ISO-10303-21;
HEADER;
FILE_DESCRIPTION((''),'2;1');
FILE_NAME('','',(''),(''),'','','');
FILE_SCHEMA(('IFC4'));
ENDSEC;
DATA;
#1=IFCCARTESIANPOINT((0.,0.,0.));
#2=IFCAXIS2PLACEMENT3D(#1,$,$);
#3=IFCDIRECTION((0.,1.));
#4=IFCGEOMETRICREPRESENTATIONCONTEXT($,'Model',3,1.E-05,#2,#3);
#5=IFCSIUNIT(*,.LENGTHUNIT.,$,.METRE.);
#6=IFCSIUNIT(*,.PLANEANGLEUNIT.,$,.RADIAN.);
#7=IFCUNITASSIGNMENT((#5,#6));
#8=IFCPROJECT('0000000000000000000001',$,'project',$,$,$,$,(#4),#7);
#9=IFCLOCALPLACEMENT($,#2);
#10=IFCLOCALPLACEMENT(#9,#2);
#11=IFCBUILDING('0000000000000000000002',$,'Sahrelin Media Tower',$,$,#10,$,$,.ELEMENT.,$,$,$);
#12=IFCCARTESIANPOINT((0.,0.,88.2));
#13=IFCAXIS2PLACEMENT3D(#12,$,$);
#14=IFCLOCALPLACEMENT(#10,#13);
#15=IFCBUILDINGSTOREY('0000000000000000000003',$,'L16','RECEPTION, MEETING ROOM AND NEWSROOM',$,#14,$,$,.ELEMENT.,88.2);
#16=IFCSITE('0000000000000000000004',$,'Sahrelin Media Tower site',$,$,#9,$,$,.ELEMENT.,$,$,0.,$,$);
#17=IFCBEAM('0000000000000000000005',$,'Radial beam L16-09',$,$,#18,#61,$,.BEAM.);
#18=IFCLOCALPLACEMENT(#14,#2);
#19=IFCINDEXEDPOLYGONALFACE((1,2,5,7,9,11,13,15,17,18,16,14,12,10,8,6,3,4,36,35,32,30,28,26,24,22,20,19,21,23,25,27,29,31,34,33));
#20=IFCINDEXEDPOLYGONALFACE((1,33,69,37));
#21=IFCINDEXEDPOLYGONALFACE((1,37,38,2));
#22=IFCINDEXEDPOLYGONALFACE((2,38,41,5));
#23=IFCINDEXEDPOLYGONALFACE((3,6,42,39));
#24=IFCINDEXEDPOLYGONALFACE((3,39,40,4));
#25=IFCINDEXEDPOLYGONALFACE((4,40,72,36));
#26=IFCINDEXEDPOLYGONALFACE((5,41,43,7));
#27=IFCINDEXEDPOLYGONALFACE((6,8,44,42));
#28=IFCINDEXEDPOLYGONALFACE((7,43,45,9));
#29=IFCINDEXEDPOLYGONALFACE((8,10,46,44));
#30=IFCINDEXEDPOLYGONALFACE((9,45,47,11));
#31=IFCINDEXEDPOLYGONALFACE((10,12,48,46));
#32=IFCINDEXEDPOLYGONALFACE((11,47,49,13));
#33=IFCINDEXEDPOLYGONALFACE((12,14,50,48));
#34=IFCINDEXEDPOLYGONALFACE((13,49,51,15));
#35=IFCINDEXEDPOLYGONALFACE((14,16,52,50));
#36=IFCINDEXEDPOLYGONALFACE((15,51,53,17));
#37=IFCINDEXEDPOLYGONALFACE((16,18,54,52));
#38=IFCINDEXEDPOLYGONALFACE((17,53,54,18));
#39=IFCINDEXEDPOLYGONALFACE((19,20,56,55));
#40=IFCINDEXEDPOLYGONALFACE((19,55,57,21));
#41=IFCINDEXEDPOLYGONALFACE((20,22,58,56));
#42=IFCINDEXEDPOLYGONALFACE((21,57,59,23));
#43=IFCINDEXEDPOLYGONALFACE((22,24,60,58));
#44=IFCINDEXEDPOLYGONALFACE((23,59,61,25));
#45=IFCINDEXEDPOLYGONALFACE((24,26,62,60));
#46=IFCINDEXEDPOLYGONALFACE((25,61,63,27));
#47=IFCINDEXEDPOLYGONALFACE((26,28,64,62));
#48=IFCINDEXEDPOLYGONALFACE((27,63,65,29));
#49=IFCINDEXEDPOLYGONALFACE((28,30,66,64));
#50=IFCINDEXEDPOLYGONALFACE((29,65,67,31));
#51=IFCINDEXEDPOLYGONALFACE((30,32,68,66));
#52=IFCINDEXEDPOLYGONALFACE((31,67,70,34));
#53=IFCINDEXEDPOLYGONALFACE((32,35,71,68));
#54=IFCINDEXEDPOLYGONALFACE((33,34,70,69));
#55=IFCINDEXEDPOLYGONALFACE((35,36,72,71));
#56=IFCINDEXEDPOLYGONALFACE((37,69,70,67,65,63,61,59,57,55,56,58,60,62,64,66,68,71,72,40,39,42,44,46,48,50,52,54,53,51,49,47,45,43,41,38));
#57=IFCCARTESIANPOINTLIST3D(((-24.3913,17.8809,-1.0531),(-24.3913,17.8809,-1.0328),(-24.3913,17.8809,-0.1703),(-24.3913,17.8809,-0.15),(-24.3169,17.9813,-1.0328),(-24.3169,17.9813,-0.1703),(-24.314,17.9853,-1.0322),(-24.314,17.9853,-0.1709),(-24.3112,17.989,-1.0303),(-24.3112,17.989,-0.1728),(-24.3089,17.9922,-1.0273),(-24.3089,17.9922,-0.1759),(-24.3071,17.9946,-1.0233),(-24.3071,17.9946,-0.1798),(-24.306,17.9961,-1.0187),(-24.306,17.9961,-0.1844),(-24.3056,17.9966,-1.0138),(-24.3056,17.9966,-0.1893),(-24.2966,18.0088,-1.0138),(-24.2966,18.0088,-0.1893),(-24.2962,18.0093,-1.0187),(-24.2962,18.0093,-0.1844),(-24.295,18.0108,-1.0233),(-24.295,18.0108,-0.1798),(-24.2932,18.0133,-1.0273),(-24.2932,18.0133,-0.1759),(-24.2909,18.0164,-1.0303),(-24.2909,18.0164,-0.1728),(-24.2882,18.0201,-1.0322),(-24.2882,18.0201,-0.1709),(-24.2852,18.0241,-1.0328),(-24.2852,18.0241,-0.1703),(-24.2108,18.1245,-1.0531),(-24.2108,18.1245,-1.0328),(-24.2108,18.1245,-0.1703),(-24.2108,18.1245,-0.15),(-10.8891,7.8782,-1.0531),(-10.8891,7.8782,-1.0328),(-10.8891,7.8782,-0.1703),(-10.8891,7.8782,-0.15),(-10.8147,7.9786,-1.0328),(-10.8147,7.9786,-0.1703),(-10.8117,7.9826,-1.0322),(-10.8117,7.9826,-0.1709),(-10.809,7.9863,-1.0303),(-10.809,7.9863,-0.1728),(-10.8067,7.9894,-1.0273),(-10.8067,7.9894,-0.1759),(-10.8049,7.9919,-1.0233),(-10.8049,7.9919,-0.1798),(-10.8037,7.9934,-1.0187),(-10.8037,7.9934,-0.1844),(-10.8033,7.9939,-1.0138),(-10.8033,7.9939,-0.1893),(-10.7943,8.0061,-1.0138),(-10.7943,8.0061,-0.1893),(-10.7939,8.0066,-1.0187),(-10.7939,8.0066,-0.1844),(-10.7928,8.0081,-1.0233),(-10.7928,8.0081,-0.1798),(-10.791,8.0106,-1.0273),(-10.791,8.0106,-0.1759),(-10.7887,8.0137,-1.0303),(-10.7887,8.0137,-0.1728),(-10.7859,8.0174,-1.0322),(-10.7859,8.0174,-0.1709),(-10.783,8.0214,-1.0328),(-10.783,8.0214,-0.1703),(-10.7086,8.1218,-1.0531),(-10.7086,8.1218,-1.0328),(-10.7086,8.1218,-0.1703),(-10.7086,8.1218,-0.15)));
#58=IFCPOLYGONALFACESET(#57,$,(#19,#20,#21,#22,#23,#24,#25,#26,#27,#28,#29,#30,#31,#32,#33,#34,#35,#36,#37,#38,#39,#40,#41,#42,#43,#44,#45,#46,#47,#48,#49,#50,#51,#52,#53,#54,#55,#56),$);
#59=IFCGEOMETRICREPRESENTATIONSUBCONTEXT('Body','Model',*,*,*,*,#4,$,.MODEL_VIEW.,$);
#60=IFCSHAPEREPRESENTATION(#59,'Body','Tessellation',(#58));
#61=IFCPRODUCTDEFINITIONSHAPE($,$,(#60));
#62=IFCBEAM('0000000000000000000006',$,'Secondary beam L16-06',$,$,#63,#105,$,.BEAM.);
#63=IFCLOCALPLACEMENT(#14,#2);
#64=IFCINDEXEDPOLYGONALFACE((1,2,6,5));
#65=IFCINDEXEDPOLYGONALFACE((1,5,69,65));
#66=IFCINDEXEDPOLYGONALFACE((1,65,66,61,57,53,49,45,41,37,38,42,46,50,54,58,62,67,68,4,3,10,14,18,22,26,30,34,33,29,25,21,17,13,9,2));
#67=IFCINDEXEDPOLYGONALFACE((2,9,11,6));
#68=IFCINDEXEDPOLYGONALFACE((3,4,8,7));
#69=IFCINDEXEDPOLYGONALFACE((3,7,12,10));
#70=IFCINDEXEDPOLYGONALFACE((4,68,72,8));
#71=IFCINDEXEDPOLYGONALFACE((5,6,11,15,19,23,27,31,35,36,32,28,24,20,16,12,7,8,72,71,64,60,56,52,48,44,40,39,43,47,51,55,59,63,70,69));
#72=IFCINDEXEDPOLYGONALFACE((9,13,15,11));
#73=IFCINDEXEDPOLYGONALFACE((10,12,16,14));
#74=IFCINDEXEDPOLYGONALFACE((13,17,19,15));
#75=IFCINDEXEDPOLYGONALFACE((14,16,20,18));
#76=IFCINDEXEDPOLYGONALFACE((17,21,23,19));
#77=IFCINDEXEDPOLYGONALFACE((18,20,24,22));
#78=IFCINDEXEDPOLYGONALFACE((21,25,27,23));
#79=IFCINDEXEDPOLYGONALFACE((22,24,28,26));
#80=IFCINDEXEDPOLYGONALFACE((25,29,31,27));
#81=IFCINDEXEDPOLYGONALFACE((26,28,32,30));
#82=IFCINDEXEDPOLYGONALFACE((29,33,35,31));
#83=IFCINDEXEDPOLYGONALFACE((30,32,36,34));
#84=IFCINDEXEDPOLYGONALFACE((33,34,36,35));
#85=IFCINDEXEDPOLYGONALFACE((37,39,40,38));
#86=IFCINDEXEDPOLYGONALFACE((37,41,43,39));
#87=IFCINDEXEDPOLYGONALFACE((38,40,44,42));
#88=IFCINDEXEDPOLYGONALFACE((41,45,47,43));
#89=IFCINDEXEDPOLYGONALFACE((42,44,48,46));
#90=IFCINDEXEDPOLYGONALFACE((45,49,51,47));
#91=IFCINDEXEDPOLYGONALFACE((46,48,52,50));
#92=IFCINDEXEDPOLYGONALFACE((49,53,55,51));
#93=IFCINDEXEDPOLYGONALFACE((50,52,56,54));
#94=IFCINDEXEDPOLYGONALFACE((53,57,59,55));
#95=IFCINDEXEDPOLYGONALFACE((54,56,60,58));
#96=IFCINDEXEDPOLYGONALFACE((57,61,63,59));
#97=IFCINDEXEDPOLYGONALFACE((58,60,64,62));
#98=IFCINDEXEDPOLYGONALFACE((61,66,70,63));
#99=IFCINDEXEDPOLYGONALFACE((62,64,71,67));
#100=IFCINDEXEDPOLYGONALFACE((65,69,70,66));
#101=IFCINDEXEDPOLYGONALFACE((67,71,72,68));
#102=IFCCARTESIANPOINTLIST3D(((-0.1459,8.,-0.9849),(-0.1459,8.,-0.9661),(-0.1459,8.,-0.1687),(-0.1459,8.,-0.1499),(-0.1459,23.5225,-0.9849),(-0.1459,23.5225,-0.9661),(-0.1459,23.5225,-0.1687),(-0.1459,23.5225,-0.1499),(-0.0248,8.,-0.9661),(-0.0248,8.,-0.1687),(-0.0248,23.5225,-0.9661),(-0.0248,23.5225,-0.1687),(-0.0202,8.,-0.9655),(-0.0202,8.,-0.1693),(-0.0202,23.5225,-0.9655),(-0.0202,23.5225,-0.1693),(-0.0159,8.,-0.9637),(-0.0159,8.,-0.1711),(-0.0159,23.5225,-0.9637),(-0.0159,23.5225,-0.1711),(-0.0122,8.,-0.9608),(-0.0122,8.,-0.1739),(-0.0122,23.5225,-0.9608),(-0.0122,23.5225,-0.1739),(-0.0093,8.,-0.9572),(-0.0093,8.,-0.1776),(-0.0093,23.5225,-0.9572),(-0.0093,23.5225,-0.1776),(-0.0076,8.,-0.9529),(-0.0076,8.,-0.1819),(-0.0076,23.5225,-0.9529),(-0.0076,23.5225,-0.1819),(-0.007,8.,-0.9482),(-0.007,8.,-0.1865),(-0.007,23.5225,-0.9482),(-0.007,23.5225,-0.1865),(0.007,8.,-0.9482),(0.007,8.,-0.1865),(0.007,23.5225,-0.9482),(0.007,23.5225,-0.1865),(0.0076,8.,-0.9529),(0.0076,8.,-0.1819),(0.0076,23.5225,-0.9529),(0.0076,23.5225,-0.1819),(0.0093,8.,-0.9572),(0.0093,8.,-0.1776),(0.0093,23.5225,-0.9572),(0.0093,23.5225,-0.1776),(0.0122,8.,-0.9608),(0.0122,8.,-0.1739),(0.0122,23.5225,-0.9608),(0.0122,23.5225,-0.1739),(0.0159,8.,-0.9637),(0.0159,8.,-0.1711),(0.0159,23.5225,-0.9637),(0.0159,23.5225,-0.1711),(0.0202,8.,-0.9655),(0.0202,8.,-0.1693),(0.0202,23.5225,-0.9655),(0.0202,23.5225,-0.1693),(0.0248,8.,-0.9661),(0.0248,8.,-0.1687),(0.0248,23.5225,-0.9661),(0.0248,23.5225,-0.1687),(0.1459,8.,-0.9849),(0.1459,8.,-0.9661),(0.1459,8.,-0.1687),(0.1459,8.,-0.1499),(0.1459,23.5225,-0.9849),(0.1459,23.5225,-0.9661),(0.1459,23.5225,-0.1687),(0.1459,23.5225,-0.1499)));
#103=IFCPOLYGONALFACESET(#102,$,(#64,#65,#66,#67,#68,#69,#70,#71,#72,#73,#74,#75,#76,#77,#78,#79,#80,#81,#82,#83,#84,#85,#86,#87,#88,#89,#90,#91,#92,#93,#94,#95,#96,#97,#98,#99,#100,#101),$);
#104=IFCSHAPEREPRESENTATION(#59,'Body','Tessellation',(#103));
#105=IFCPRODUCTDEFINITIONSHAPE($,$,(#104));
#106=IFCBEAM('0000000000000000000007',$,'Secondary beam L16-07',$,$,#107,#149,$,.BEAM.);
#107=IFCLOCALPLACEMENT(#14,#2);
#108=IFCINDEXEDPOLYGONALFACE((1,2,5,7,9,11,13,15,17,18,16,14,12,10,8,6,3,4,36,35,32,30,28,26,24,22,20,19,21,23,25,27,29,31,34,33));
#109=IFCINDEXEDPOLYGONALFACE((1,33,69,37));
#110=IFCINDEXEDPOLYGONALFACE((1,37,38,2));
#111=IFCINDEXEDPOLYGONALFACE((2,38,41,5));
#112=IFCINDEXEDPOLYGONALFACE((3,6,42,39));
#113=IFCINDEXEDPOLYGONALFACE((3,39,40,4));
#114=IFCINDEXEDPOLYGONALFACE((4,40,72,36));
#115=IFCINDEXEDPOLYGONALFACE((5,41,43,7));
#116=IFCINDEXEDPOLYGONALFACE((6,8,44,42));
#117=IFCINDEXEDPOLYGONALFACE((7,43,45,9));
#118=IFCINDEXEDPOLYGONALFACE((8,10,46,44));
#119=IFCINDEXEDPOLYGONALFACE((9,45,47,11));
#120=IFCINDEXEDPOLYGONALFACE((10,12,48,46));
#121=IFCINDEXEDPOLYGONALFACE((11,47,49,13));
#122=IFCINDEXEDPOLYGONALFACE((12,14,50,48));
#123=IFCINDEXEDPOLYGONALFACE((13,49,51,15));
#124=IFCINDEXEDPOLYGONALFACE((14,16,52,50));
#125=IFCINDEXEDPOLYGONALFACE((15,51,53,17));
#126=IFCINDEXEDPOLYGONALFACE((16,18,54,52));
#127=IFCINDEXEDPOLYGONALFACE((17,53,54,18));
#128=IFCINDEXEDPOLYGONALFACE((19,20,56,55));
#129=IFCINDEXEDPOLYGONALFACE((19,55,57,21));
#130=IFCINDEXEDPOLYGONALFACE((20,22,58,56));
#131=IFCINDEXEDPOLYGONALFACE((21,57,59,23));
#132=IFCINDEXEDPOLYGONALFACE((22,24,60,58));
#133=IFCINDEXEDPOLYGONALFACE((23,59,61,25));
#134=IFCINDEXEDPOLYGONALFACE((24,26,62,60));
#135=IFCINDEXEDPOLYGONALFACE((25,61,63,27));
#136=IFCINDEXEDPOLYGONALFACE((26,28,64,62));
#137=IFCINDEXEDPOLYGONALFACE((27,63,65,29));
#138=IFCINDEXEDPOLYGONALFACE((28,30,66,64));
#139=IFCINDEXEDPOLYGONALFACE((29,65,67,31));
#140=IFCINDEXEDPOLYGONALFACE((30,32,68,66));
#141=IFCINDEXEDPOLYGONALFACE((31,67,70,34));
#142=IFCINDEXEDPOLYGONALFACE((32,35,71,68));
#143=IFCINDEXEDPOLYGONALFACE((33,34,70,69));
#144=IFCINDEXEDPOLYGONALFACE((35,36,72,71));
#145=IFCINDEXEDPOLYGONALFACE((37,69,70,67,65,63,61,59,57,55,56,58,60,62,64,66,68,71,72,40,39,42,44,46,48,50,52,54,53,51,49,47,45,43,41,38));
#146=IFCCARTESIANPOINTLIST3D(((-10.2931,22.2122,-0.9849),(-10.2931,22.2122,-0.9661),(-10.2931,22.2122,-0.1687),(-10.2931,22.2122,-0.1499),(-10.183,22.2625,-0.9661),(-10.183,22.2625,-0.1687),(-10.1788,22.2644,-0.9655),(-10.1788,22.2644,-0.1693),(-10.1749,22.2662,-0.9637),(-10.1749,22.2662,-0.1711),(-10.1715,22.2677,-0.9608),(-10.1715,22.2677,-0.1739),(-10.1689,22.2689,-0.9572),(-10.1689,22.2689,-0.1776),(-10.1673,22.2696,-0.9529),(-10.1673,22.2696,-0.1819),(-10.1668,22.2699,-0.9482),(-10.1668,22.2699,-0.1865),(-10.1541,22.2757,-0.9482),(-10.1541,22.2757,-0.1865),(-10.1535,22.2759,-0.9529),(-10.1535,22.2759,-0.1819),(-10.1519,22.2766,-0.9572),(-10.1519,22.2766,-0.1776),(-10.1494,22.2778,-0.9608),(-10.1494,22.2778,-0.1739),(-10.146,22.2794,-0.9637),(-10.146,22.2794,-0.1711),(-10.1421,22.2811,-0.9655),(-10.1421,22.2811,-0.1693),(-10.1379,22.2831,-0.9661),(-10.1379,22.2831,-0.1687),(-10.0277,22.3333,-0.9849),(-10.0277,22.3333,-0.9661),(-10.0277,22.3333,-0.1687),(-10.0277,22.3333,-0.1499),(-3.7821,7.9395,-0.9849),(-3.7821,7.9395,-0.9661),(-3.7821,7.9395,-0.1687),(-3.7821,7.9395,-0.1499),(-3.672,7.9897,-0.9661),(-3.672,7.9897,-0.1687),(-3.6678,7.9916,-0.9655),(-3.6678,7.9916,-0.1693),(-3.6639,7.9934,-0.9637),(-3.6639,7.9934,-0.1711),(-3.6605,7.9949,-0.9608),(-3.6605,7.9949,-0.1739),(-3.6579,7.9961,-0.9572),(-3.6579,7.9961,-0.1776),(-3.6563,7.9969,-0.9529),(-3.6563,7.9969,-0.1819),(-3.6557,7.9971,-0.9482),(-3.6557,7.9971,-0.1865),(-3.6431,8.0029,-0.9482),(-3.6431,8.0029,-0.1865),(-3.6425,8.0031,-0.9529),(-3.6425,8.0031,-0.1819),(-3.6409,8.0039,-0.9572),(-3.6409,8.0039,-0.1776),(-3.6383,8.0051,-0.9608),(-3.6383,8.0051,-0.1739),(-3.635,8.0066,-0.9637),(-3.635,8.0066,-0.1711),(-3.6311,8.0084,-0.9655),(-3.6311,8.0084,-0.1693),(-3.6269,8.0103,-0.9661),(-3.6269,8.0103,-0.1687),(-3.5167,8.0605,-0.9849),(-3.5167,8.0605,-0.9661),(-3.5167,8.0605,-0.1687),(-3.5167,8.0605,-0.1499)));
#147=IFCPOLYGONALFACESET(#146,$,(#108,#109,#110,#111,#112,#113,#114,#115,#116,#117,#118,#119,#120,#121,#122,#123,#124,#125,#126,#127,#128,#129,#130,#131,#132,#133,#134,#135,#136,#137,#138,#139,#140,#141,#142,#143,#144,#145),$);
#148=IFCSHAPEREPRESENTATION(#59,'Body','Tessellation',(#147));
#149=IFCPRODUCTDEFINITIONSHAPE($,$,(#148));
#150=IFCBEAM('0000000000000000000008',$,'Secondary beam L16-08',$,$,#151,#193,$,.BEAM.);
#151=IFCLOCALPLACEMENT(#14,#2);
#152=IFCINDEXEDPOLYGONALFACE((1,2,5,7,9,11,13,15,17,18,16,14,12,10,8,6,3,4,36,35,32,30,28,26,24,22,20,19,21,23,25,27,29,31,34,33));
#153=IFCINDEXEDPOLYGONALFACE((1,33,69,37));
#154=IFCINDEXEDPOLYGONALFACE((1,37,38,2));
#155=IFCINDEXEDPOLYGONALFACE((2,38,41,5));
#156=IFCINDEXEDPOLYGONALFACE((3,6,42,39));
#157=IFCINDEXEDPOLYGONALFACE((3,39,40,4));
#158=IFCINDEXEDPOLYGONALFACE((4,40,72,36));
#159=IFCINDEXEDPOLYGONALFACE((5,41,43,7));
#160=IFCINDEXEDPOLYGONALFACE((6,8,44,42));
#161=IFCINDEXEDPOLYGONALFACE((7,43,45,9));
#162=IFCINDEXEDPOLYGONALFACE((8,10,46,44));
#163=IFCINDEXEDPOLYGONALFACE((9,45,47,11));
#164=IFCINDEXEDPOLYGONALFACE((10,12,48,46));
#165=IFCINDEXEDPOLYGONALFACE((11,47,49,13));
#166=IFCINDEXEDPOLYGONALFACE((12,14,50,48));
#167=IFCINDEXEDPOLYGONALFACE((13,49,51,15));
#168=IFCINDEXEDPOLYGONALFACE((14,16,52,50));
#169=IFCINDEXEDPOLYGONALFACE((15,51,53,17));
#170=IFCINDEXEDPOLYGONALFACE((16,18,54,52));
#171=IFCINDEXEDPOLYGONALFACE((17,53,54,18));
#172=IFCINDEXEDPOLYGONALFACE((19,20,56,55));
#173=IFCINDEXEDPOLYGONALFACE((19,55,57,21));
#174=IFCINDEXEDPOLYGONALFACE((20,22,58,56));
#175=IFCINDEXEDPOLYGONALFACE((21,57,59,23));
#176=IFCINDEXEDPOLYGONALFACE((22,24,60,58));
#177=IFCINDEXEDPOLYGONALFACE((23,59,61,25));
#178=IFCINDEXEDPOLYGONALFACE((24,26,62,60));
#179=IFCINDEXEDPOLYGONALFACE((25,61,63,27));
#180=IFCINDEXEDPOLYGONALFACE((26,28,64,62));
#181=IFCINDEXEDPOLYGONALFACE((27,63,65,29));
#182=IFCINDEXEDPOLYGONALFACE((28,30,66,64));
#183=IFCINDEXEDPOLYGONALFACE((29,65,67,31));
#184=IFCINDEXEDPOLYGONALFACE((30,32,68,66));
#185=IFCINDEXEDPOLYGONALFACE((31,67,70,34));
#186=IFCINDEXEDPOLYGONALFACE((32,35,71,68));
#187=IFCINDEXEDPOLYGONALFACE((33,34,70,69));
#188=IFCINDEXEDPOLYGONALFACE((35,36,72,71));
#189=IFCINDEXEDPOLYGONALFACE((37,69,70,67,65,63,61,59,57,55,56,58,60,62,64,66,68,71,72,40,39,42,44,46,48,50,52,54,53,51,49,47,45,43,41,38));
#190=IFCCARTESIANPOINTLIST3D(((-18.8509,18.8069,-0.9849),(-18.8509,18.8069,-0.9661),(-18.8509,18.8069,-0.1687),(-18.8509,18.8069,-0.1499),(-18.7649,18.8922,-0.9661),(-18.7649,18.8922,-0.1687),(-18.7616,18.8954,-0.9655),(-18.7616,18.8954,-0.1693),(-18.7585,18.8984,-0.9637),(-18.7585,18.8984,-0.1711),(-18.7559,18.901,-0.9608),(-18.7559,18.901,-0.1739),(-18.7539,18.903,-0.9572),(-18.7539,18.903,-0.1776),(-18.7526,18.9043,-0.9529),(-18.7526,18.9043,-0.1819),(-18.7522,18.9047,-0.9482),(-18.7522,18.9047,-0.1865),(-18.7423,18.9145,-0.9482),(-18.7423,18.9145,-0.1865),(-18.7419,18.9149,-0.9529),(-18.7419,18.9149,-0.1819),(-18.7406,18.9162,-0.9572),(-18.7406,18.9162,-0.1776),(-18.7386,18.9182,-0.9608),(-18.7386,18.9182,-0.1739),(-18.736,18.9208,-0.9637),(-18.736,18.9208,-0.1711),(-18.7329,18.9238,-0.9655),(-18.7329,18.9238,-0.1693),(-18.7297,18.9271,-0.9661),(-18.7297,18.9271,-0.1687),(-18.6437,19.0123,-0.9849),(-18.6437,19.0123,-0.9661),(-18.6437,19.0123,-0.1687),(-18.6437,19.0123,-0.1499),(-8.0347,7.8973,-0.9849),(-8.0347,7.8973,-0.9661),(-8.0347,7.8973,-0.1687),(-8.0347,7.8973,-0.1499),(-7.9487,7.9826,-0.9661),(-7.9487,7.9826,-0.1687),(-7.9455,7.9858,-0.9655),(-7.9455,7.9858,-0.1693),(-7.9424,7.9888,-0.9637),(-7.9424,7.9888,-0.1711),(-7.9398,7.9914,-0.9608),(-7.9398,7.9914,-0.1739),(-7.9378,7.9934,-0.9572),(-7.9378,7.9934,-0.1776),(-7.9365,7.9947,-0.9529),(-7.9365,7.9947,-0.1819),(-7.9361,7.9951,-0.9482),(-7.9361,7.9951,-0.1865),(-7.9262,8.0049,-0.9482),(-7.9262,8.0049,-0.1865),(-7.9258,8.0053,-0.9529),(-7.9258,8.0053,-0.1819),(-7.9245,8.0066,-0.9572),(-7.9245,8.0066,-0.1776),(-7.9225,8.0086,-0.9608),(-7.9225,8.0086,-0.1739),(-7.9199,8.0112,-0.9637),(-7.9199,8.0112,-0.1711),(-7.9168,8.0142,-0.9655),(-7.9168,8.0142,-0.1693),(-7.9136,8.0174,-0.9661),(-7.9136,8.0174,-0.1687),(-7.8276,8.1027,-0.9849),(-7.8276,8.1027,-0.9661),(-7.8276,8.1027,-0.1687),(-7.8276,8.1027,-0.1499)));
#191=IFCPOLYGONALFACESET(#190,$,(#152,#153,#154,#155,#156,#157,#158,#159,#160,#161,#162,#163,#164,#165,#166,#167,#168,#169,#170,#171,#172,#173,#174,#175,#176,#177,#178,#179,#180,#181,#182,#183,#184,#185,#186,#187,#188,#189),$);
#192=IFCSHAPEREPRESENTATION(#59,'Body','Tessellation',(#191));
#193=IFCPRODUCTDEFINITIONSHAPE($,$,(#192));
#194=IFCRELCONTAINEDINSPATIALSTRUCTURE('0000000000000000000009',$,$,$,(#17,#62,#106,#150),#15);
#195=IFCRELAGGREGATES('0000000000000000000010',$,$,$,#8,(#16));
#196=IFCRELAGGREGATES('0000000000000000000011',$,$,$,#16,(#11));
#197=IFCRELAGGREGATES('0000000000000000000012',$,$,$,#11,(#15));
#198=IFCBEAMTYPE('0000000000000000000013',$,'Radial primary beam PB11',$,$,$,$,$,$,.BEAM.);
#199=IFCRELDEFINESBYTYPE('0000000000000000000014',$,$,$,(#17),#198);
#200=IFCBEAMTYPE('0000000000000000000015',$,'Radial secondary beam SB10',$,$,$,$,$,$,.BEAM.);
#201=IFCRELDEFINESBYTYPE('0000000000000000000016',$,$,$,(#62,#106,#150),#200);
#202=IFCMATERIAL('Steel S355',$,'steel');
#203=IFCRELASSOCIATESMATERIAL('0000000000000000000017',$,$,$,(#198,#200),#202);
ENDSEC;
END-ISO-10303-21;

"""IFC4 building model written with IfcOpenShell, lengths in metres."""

from ifc_helpers import new_model, si_unit, direction, frame, origin, origin_2d, place, context, subcontext, project, spatial, i_section, extrude, material, material_profile, profile_set, type_object, element, save


model = new_model("IFC4")

# Units and contexts
model_context = context("Model", 3, precision=1e-05, world=origin(), true_north=direction((0.0, 1.0)))
body_context = subcontext(model_context, "Body", "Model", "MODEL_VIEW")
ifc_project = project(units=[si_unit("LENGTHUNIT", "METRE"), si_unit("PLANEANGLEUNIT", "RADIAN")], contexts=[model_context])

# Site, building, storey
site_placement = place(None, origin())
site = spatial("IfcSite", under=ifc_project, at=site_placement, Name="Sahrelin Media Tower site", CompositionType="ELEMENT", RefElevation=0.0)
building_placement = place(site_placement, origin())
building = spatial("IfcBuilding", under=site, at=building_placement, Name="Sahrelin Media Tower", CompositionType="ELEMENT")
storey_placement = place(building_placement, frame((0.0, 0.0, 88.2)))
storey = spatial("IfcBuildingStorey", under=building, at=storey_placement, Name="L16", Description="RECEPTION, MEETING ROOM AND NEWSROOM", CompositionType="ELEMENT", Elevation=88.2)

# Shared definitions
ifc_material_1 = material(Name="Steel S355", Category="steel")

# Beams
ifc_material_profile_1 = material_profile(ifc_material_1, i_section(OverallWidth=0.3032, OverallDepth=0.9031, WebThickness=0.0151, FlangeThickness=0.0203, FilletRadius=0.019, at=origin_2d()), Name="UB 914x305x201")
ifc_profile_set_1 = profile_set([ifc_material_profile_1], Name="Steel S355")
beam_type_1 = type_object("IfcBeamType", Name="Radial primary beam PB11", PredefinedType="BEAM", material=ifc_profile_set_1)
beam_1_placement = place(storey_placement, frame((-10.7988, 8.0, -0.6016), z_axis=(-0.803527, 0.595268, 0.0), x_axis=(-0.595268, -0.803527, 0.0)))
element("IfcBeam", 1, at=beam_1_placement, inside=storey, type_object=beam_type_1, Name="Radial beam L16-09", PredefinedType="BEAM", context=body_context, shape_type="SweptSolid", body=[
    extrude(i_section(OverallWidth=0.3032, OverallDepth=0.9031, WebThickness=0.0151, FlangeThickness=0.0203, FilletRadius=0.019, at=origin_2d()), origin(), (0.0, 0.0, 1.0), 16.8037),
])
ifc_material_profile_2 = material_profile(ifc_material_1, i_section(OverallWidth=0.2917, OverallDepth=0.835, WebThickness=0.0139, FlangeThickness=0.0188, FilletRadius=0.0178, at=origin_2d()), Name="UB 838x292x176")
ifc_profile_set_2 = profile_set([ifc_material_profile_2], Name="Steel S355")
beam_type_2 = type_object("IfcBeamType", Name="Radial secondary beam SB10", PredefinedType="BEAM", material=ifc_profile_set_2)
beam_2_placement = place(storey_placement, frame((0.0, 8.0, -0.5674), z_axis=(0.0, 1.0, 0.0), x_axis=(-1.0, 0.0, 0.0)))
element("IfcBeam", 2, at=beam_2_placement, inside=storey, type_object=beam_type_2, Name="Secondary beam L16-06", PredefinedType="BEAM", context=body_context, shape_type="SweptSolid", body=[
    extrude(i_section(OverallWidth=0.2917, OverallDepth=0.835, WebThickness=0.0139, FlangeThickness=0.0188, FilletRadius=0.0178, at=origin_2d()), origin(), (0.0, 0.0, 1.0), 15.5225),
])
beam_3_placement = place(storey_placement, frame((-3.6494, 8.0, -0.5674), z_axis=(-0.415038, 0.909804, 0.0), x_axis=(-0.909804, -0.415038, 0.0)))
element("IfcBeam", 3, at=beam_3_placement, inside=storey, type_object=beam_type_2, Name="Secondary beam L16-07", PredefinedType="BEAM", context=body_context, shape_type="SweptSolid", body=[
    extrude(i_section(OverallWidth=0.2917, OverallDepth=0.835, WebThickness=0.0139, FlangeThickness=0.0188, FilletRadius=0.0178, at=origin_2d()), origin(), (0.0, 0.0, 1.0), 15.6877),
])
beam_4_placement = place(storey_placement, frame((-7.9312, 8.0, -0.5674), z_axis=(-0.704057, 0.710144, 0.0), x_axis=(-0.710144, -0.704057, 0.0)))
element("IfcBeam", 4, at=beam_4_placement, inside=storey, type_object=beam_type_2, Name="Secondary beam L16-08", PredefinedType="BEAM", context=body_context, shape_type="SweptSolid", body=[
    extrude(i_section(OverallWidth=0.2917, OverallDepth=0.835, WebThickness=0.0139, FlangeThickness=0.0188, FilletRadius=0.0178, at=origin_2d()), origin(), (0.0, 0.0, 1.0), 15.3625),
])

save(model, "model.ifc")
